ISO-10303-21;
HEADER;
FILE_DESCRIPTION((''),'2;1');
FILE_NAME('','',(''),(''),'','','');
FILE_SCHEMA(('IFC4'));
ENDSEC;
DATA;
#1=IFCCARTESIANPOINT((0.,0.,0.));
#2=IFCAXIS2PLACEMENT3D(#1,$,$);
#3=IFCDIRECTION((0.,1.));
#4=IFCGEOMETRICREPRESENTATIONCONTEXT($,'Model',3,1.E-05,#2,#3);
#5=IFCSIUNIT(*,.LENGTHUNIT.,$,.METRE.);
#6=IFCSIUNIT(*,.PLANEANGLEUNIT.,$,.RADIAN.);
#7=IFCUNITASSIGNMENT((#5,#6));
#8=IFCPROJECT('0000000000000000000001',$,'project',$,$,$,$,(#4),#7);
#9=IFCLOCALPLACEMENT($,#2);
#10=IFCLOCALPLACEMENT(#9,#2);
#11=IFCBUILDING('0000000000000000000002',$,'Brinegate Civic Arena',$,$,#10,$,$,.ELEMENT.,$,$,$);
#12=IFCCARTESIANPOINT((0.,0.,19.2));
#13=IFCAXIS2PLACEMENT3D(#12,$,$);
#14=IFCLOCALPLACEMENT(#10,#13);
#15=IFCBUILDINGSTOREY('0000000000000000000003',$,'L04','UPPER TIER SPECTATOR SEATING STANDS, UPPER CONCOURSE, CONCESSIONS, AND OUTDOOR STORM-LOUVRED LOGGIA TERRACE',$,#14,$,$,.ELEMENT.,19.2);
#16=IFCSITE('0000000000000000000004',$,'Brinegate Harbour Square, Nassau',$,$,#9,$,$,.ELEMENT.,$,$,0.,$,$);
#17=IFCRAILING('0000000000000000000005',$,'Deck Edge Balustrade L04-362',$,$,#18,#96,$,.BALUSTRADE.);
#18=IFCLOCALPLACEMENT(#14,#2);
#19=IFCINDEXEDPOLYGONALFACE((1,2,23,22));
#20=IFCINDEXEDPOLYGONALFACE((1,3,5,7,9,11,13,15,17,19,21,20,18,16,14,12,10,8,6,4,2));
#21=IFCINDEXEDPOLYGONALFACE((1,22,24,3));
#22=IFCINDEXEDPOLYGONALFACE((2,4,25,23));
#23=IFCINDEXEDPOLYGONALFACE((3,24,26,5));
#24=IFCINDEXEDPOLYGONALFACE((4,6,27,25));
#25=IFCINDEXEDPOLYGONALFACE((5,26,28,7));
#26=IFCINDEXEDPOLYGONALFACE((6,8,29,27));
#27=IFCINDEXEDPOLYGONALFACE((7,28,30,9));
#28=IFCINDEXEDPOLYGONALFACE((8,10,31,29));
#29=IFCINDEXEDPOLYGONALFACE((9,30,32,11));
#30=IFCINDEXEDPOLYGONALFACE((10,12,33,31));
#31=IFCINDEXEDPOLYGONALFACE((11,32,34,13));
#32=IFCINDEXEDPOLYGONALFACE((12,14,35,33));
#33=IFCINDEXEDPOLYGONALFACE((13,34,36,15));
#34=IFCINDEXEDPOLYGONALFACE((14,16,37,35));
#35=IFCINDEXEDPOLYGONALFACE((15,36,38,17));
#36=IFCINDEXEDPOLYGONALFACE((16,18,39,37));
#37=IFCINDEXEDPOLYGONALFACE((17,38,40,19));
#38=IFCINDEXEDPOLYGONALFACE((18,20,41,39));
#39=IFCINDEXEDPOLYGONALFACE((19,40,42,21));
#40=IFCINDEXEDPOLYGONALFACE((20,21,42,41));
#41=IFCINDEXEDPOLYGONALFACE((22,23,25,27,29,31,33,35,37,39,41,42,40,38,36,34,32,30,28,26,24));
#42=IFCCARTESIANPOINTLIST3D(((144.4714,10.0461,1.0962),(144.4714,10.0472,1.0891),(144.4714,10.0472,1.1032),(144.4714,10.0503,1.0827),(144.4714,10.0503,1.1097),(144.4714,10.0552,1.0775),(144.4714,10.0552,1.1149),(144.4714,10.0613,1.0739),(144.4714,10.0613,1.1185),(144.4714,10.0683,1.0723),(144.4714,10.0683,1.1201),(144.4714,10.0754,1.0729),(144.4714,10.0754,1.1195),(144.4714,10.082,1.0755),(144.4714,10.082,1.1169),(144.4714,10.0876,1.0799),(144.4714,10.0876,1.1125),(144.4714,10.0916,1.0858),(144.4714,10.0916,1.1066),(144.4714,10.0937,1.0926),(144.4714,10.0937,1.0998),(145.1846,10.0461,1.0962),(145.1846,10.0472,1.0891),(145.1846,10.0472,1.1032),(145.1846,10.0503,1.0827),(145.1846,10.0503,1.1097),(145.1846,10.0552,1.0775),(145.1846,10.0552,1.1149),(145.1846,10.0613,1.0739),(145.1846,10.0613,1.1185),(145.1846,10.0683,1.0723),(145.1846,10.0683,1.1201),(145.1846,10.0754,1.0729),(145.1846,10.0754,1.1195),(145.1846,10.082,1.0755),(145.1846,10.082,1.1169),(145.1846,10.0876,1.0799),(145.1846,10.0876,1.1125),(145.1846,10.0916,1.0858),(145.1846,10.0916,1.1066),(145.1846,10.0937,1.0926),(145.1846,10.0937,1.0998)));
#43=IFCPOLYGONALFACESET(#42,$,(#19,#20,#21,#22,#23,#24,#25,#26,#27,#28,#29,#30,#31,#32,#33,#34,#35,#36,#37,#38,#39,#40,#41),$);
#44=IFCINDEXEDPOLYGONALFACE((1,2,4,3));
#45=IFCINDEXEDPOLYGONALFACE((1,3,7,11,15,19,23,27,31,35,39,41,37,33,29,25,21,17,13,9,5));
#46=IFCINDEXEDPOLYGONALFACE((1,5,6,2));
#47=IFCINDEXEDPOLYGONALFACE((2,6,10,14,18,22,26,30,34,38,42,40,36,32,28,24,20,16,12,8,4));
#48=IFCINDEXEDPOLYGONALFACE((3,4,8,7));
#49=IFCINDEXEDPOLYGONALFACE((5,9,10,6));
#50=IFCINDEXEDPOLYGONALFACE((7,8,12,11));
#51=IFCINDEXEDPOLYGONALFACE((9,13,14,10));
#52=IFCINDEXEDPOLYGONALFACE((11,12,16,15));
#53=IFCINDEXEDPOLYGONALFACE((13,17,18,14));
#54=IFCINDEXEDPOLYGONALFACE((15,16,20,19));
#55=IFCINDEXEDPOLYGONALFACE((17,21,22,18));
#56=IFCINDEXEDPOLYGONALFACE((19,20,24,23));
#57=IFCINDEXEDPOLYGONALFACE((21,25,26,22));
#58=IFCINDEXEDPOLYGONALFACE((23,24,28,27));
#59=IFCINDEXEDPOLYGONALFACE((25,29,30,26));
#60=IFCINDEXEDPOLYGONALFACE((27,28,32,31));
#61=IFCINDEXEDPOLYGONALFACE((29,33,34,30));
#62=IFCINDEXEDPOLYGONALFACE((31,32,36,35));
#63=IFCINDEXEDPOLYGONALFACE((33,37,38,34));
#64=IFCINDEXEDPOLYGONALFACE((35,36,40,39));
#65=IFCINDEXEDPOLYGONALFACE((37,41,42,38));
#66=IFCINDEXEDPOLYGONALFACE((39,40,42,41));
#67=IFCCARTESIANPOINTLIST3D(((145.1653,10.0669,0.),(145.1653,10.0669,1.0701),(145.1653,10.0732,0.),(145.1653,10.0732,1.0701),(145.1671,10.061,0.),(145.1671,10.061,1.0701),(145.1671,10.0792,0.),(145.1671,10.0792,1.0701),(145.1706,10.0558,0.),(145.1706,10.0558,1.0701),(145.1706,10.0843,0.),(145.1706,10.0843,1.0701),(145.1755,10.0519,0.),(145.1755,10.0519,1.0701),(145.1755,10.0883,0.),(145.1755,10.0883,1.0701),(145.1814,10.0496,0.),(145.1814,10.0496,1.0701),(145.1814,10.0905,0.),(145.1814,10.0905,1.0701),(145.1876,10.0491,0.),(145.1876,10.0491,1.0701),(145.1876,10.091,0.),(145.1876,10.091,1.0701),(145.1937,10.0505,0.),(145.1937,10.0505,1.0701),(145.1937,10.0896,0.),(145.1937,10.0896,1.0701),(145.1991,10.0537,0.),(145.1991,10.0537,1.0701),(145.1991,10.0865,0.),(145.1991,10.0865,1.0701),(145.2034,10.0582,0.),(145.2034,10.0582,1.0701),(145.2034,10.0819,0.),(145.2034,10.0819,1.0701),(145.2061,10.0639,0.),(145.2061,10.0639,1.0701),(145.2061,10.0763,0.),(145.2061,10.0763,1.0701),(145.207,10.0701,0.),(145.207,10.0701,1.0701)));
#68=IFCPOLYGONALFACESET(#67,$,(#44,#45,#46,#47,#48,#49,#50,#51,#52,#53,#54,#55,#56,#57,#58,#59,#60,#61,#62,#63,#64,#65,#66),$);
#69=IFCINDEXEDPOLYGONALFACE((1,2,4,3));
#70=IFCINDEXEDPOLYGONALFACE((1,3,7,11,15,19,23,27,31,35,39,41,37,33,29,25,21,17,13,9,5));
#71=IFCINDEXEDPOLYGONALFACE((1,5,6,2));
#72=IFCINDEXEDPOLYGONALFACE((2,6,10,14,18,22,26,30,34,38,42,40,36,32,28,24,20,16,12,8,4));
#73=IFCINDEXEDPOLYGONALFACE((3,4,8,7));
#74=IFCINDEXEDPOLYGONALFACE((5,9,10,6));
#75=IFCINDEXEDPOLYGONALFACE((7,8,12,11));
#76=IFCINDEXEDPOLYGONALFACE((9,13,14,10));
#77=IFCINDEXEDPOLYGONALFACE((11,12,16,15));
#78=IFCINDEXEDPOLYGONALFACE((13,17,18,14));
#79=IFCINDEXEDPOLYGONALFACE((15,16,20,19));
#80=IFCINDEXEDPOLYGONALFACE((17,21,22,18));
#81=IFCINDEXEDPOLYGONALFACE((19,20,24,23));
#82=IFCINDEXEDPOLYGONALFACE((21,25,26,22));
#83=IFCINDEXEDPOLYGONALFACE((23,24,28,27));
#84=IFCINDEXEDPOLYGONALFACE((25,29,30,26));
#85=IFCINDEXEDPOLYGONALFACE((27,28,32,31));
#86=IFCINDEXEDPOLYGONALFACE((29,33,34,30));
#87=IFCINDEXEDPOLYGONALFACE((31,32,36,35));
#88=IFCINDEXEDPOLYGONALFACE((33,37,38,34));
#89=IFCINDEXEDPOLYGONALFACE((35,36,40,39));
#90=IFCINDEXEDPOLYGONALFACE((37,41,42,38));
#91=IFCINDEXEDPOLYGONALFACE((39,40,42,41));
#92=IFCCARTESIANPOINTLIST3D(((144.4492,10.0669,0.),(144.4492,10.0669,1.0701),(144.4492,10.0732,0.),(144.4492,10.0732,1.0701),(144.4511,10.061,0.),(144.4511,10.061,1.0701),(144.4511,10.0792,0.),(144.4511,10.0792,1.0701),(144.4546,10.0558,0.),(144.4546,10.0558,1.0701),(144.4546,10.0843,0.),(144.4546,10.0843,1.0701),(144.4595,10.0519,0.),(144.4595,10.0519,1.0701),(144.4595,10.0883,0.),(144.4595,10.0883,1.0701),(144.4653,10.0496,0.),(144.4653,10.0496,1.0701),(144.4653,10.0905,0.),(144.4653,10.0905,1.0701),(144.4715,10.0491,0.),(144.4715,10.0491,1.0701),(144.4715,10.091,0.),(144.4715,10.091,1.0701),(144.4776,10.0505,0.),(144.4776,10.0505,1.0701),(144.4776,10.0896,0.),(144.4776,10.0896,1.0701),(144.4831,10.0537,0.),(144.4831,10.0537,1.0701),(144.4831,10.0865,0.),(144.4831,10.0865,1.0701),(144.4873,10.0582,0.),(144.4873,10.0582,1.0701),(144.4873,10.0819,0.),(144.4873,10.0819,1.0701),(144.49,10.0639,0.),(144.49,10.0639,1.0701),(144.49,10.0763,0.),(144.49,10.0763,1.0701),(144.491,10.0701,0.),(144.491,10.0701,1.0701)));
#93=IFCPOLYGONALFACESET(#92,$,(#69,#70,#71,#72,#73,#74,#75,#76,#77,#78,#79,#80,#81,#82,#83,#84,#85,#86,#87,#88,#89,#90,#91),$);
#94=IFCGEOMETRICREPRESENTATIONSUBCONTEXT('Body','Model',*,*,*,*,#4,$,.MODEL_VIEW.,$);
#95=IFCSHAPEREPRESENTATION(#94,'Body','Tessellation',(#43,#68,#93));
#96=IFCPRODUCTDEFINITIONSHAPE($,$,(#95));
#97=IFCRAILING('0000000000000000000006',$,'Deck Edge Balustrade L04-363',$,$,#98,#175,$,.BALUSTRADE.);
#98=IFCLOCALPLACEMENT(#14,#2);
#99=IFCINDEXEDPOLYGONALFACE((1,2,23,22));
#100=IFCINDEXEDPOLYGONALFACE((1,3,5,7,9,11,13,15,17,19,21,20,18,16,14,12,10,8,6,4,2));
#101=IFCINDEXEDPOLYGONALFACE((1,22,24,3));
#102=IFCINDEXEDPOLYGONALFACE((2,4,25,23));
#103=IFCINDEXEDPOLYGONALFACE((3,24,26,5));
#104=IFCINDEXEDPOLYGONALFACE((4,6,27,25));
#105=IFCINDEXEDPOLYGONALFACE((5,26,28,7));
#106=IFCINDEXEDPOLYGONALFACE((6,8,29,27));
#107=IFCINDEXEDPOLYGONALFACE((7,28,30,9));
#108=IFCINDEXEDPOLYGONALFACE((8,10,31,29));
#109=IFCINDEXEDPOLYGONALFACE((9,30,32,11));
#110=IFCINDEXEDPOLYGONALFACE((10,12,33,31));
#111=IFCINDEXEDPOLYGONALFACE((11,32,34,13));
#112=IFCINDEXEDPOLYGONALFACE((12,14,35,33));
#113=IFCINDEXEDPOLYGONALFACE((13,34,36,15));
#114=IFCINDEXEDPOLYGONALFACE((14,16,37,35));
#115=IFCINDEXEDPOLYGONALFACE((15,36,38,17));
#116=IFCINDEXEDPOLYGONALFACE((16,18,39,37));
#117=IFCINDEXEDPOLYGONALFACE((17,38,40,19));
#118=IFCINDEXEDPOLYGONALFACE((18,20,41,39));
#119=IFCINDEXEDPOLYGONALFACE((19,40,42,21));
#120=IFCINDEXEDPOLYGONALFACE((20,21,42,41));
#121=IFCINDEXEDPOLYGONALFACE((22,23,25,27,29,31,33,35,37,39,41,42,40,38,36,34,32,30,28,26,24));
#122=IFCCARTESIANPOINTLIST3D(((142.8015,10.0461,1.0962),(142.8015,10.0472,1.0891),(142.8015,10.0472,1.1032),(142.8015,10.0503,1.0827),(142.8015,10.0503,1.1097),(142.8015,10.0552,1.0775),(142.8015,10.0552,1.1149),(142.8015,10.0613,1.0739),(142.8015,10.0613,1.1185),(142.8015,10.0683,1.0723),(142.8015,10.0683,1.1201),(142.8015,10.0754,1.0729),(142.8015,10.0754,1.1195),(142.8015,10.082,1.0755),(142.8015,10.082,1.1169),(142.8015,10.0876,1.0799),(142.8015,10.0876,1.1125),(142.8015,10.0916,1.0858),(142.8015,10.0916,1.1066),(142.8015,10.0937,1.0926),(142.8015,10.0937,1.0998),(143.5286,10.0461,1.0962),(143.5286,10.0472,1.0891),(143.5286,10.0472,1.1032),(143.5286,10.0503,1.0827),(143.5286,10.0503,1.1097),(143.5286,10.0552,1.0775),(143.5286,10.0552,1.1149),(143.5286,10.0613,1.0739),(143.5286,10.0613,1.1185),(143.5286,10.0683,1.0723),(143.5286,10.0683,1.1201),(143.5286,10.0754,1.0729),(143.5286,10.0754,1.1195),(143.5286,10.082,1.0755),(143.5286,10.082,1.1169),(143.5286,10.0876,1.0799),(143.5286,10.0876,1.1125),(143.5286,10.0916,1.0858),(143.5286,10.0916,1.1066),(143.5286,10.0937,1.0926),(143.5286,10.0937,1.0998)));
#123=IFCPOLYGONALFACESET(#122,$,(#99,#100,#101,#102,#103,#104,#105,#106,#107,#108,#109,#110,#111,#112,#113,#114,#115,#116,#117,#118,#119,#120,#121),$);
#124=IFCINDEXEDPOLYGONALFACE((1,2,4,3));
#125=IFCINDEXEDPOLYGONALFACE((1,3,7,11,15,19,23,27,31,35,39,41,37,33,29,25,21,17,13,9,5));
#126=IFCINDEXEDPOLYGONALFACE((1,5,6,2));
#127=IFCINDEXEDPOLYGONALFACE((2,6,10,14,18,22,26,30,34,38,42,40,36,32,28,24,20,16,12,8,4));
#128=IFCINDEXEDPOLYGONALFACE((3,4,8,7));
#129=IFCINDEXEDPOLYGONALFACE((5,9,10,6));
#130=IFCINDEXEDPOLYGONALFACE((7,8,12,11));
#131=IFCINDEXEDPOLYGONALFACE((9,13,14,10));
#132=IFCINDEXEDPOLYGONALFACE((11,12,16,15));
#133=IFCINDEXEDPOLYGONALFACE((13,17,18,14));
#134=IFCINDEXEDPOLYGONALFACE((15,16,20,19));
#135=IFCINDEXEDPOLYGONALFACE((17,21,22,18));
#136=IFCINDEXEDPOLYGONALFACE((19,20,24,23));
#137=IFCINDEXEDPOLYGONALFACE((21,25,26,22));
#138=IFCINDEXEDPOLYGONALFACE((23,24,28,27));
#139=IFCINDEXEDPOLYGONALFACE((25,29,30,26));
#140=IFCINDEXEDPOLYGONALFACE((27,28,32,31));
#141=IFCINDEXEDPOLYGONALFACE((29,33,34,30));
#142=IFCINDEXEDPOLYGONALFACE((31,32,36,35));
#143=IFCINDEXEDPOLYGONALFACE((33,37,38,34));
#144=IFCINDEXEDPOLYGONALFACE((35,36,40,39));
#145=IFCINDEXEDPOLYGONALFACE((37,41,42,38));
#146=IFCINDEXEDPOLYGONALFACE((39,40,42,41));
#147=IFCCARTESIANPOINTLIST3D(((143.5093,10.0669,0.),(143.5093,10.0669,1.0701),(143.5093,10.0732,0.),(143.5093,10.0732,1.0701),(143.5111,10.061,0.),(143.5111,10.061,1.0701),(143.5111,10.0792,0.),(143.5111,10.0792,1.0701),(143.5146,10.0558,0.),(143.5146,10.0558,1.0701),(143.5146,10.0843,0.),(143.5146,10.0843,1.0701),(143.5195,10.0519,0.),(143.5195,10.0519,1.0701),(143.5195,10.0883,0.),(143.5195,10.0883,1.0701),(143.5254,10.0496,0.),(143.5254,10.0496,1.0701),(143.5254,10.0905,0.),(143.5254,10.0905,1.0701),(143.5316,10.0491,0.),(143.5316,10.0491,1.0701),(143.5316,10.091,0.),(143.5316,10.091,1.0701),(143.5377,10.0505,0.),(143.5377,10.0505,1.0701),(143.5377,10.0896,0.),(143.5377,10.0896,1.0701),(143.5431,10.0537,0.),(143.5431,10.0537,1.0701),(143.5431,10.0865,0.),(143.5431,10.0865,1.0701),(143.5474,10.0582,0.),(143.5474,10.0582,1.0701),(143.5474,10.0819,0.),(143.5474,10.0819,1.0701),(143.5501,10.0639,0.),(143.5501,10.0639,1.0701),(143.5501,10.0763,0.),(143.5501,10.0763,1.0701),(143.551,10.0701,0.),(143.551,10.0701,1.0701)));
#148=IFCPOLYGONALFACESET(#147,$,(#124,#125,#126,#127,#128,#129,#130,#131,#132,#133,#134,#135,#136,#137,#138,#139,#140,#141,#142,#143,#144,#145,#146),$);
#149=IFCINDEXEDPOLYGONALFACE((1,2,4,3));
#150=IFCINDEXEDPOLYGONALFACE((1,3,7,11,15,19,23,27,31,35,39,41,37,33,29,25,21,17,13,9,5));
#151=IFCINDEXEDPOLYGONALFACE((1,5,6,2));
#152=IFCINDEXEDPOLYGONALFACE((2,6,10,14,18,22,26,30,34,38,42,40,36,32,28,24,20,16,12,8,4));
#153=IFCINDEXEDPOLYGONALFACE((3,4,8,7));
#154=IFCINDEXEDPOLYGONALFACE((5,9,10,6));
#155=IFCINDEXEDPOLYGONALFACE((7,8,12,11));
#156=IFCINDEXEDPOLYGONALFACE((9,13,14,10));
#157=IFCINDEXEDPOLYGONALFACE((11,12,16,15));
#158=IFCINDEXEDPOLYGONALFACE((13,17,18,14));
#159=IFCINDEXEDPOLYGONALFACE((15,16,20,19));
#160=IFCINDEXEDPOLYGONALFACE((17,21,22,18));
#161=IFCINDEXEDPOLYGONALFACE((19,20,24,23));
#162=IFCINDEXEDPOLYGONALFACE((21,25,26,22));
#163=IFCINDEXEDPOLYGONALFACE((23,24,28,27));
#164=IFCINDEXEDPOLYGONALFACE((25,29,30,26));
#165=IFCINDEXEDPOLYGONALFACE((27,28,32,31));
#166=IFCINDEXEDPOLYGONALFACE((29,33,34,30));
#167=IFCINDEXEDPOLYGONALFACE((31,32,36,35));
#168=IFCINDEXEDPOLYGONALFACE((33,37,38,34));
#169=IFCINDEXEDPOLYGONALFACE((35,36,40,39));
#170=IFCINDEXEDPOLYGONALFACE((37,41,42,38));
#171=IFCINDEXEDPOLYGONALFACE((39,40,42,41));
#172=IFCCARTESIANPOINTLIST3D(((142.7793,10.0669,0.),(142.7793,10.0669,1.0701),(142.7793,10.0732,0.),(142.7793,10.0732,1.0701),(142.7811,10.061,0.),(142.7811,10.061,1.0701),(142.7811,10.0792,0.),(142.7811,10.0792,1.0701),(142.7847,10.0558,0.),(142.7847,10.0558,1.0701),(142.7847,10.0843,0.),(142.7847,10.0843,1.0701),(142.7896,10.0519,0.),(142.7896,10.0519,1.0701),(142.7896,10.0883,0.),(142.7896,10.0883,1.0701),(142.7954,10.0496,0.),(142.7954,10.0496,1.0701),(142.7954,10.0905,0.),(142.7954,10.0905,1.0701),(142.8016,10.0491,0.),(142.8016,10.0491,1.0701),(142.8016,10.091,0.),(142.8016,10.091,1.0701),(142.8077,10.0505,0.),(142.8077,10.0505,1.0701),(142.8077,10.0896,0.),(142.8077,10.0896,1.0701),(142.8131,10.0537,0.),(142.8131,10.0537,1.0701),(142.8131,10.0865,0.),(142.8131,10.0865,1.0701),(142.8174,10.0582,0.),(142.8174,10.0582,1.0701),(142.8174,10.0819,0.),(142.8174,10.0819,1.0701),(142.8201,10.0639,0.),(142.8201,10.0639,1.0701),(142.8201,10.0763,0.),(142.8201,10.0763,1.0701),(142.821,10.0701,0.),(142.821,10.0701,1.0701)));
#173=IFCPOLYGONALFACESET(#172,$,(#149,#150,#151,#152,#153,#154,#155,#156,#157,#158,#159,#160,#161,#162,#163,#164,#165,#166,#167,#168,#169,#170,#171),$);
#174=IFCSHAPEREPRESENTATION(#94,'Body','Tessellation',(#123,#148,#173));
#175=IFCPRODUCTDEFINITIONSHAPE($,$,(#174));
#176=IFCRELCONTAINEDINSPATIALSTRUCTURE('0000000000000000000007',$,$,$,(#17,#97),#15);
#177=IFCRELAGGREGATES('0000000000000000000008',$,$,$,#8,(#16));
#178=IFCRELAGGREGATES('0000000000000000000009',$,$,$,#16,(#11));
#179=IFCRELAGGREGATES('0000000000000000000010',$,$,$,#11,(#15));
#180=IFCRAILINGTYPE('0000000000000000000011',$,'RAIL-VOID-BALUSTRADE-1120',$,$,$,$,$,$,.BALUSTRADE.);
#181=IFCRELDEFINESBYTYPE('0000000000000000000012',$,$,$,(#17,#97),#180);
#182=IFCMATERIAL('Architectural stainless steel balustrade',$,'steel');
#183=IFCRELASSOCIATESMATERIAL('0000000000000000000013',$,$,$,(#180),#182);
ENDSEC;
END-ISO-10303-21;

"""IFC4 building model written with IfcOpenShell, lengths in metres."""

from ifc_helpers import new_model, si_unit, direction, frame, origin, origin_2d, place, context, subcontext, project, spatial, circle, extrude, material, type_object, element, save


model = new_model("IFC4")

# Units and contexts
model_context = context("Model", 3, precision=1e-05, world=origin(), true_north=direction((0.0, 1.0)))
body_context = subcontext(model_context, "Body", "Model", "MODEL_VIEW")
ifc_project = project(units=[si_unit("LENGTHUNIT", "METRE"), si_unit("PLANEANGLEUNIT", "RADIAN")], contexts=[model_context])

# Site, building, storey
site_placement = place(None, origin())
site = spatial("IfcSite", under=ifc_project, at=site_placement, Name="Brinegate Harbour Square, Nassau", CompositionType="ELEMENT", RefElevation=0.0)
building_placement = place(site_placement, origin())
building = spatial("IfcBuilding", under=site, at=building_placement, Name="Brinegate Civic Arena", CompositionType="ELEMENT")
storey_placement = place(building_placement, frame((0.0, 0.0, 19.2)))
storey = spatial("IfcBuildingStorey", under=building, at=storey_placement, Name="L04", Description="UPPER TIER SPECTATOR SEATING STANDS, UPPER CONCOURSE, CONCESSIONS, AND OUTDOOR STORM-LOUVRED LOGGIA TERRACE", CompositionType="ELEMENT", Elevation=19.2)

# Railings
ifc_material_1 = material(Name="Architectural stainless steel balustrade", Category="steel")
railing_type_1 = type_object("IfcRailingType", Name="RAIL-VOID-BALUSTRADE-1120", PredefinedType="BALUSTRADE", material=ifc_material_1)
railing_1_placement = place(storey_placement, frame((145.186, 10.0701, 0.0)))
element("IfcRailing", 1, at=railing_1_placement, inside=storey, type_object=railing_type_1, Name="Deck Edge Balustrade L04-362", PredefinedType="BALUSTRADE", context=body_context, shape_type="SweptSolid", body=[
    extrude(circle(Radius=0.0239, at=origin_2d()), frame((-0.0015, 0.0, 1.0962), z_axis=(-1.0, 0.0, 0.0), x_axis=(0.0, -1.0, 0.0)), (0.0, 0.0, 1.0), 0.7131),
    extrude(circle(Radius=0.021, at=origin_2d()), origin(), (0.0, 0.0, 1.0), 1.0701),
    extrude(circle(Radius=0.021, at=origin_2d()), frame((-0.7161, 0.0, 0.0)), (0.0, 0.0, 1.0), 1.0701),
])
for number, where, name in (
    (2, (143.53, 10.0701, 0.0), "Deck Edge Balustrade L04-363"),
):
    element("IfcRailing", number, at=place(storey_placement, frame(where)), inside=storey, type_object=railing_type_1, Name=name, PredefinedType="BALUSTRADE", context=body_context, shape_type="SweptSolid", body=[
        extrude(circle(Radius=0.0239, at=origin_2d()), frame((-0.0015, 0.0, 1.0962), z_axis=(-1.0, 0.0, 0.0), x_axis=(0.0, -1.0, 0.0)), (0.0, 0.0, 1.0), 0.7271),
        extrude(circle(Radius=0.021, at=origin_2d()), origin(), (0.0, 0.0, 1.0), 1.0701),
        extrude(circle(Radius=0.021, at=origin_2d()), frame((-0.73, 0.0, 0.0)), (0.0, 0.0, 1.0), 1.0701),
    ])

save(model, "model.ifc")
